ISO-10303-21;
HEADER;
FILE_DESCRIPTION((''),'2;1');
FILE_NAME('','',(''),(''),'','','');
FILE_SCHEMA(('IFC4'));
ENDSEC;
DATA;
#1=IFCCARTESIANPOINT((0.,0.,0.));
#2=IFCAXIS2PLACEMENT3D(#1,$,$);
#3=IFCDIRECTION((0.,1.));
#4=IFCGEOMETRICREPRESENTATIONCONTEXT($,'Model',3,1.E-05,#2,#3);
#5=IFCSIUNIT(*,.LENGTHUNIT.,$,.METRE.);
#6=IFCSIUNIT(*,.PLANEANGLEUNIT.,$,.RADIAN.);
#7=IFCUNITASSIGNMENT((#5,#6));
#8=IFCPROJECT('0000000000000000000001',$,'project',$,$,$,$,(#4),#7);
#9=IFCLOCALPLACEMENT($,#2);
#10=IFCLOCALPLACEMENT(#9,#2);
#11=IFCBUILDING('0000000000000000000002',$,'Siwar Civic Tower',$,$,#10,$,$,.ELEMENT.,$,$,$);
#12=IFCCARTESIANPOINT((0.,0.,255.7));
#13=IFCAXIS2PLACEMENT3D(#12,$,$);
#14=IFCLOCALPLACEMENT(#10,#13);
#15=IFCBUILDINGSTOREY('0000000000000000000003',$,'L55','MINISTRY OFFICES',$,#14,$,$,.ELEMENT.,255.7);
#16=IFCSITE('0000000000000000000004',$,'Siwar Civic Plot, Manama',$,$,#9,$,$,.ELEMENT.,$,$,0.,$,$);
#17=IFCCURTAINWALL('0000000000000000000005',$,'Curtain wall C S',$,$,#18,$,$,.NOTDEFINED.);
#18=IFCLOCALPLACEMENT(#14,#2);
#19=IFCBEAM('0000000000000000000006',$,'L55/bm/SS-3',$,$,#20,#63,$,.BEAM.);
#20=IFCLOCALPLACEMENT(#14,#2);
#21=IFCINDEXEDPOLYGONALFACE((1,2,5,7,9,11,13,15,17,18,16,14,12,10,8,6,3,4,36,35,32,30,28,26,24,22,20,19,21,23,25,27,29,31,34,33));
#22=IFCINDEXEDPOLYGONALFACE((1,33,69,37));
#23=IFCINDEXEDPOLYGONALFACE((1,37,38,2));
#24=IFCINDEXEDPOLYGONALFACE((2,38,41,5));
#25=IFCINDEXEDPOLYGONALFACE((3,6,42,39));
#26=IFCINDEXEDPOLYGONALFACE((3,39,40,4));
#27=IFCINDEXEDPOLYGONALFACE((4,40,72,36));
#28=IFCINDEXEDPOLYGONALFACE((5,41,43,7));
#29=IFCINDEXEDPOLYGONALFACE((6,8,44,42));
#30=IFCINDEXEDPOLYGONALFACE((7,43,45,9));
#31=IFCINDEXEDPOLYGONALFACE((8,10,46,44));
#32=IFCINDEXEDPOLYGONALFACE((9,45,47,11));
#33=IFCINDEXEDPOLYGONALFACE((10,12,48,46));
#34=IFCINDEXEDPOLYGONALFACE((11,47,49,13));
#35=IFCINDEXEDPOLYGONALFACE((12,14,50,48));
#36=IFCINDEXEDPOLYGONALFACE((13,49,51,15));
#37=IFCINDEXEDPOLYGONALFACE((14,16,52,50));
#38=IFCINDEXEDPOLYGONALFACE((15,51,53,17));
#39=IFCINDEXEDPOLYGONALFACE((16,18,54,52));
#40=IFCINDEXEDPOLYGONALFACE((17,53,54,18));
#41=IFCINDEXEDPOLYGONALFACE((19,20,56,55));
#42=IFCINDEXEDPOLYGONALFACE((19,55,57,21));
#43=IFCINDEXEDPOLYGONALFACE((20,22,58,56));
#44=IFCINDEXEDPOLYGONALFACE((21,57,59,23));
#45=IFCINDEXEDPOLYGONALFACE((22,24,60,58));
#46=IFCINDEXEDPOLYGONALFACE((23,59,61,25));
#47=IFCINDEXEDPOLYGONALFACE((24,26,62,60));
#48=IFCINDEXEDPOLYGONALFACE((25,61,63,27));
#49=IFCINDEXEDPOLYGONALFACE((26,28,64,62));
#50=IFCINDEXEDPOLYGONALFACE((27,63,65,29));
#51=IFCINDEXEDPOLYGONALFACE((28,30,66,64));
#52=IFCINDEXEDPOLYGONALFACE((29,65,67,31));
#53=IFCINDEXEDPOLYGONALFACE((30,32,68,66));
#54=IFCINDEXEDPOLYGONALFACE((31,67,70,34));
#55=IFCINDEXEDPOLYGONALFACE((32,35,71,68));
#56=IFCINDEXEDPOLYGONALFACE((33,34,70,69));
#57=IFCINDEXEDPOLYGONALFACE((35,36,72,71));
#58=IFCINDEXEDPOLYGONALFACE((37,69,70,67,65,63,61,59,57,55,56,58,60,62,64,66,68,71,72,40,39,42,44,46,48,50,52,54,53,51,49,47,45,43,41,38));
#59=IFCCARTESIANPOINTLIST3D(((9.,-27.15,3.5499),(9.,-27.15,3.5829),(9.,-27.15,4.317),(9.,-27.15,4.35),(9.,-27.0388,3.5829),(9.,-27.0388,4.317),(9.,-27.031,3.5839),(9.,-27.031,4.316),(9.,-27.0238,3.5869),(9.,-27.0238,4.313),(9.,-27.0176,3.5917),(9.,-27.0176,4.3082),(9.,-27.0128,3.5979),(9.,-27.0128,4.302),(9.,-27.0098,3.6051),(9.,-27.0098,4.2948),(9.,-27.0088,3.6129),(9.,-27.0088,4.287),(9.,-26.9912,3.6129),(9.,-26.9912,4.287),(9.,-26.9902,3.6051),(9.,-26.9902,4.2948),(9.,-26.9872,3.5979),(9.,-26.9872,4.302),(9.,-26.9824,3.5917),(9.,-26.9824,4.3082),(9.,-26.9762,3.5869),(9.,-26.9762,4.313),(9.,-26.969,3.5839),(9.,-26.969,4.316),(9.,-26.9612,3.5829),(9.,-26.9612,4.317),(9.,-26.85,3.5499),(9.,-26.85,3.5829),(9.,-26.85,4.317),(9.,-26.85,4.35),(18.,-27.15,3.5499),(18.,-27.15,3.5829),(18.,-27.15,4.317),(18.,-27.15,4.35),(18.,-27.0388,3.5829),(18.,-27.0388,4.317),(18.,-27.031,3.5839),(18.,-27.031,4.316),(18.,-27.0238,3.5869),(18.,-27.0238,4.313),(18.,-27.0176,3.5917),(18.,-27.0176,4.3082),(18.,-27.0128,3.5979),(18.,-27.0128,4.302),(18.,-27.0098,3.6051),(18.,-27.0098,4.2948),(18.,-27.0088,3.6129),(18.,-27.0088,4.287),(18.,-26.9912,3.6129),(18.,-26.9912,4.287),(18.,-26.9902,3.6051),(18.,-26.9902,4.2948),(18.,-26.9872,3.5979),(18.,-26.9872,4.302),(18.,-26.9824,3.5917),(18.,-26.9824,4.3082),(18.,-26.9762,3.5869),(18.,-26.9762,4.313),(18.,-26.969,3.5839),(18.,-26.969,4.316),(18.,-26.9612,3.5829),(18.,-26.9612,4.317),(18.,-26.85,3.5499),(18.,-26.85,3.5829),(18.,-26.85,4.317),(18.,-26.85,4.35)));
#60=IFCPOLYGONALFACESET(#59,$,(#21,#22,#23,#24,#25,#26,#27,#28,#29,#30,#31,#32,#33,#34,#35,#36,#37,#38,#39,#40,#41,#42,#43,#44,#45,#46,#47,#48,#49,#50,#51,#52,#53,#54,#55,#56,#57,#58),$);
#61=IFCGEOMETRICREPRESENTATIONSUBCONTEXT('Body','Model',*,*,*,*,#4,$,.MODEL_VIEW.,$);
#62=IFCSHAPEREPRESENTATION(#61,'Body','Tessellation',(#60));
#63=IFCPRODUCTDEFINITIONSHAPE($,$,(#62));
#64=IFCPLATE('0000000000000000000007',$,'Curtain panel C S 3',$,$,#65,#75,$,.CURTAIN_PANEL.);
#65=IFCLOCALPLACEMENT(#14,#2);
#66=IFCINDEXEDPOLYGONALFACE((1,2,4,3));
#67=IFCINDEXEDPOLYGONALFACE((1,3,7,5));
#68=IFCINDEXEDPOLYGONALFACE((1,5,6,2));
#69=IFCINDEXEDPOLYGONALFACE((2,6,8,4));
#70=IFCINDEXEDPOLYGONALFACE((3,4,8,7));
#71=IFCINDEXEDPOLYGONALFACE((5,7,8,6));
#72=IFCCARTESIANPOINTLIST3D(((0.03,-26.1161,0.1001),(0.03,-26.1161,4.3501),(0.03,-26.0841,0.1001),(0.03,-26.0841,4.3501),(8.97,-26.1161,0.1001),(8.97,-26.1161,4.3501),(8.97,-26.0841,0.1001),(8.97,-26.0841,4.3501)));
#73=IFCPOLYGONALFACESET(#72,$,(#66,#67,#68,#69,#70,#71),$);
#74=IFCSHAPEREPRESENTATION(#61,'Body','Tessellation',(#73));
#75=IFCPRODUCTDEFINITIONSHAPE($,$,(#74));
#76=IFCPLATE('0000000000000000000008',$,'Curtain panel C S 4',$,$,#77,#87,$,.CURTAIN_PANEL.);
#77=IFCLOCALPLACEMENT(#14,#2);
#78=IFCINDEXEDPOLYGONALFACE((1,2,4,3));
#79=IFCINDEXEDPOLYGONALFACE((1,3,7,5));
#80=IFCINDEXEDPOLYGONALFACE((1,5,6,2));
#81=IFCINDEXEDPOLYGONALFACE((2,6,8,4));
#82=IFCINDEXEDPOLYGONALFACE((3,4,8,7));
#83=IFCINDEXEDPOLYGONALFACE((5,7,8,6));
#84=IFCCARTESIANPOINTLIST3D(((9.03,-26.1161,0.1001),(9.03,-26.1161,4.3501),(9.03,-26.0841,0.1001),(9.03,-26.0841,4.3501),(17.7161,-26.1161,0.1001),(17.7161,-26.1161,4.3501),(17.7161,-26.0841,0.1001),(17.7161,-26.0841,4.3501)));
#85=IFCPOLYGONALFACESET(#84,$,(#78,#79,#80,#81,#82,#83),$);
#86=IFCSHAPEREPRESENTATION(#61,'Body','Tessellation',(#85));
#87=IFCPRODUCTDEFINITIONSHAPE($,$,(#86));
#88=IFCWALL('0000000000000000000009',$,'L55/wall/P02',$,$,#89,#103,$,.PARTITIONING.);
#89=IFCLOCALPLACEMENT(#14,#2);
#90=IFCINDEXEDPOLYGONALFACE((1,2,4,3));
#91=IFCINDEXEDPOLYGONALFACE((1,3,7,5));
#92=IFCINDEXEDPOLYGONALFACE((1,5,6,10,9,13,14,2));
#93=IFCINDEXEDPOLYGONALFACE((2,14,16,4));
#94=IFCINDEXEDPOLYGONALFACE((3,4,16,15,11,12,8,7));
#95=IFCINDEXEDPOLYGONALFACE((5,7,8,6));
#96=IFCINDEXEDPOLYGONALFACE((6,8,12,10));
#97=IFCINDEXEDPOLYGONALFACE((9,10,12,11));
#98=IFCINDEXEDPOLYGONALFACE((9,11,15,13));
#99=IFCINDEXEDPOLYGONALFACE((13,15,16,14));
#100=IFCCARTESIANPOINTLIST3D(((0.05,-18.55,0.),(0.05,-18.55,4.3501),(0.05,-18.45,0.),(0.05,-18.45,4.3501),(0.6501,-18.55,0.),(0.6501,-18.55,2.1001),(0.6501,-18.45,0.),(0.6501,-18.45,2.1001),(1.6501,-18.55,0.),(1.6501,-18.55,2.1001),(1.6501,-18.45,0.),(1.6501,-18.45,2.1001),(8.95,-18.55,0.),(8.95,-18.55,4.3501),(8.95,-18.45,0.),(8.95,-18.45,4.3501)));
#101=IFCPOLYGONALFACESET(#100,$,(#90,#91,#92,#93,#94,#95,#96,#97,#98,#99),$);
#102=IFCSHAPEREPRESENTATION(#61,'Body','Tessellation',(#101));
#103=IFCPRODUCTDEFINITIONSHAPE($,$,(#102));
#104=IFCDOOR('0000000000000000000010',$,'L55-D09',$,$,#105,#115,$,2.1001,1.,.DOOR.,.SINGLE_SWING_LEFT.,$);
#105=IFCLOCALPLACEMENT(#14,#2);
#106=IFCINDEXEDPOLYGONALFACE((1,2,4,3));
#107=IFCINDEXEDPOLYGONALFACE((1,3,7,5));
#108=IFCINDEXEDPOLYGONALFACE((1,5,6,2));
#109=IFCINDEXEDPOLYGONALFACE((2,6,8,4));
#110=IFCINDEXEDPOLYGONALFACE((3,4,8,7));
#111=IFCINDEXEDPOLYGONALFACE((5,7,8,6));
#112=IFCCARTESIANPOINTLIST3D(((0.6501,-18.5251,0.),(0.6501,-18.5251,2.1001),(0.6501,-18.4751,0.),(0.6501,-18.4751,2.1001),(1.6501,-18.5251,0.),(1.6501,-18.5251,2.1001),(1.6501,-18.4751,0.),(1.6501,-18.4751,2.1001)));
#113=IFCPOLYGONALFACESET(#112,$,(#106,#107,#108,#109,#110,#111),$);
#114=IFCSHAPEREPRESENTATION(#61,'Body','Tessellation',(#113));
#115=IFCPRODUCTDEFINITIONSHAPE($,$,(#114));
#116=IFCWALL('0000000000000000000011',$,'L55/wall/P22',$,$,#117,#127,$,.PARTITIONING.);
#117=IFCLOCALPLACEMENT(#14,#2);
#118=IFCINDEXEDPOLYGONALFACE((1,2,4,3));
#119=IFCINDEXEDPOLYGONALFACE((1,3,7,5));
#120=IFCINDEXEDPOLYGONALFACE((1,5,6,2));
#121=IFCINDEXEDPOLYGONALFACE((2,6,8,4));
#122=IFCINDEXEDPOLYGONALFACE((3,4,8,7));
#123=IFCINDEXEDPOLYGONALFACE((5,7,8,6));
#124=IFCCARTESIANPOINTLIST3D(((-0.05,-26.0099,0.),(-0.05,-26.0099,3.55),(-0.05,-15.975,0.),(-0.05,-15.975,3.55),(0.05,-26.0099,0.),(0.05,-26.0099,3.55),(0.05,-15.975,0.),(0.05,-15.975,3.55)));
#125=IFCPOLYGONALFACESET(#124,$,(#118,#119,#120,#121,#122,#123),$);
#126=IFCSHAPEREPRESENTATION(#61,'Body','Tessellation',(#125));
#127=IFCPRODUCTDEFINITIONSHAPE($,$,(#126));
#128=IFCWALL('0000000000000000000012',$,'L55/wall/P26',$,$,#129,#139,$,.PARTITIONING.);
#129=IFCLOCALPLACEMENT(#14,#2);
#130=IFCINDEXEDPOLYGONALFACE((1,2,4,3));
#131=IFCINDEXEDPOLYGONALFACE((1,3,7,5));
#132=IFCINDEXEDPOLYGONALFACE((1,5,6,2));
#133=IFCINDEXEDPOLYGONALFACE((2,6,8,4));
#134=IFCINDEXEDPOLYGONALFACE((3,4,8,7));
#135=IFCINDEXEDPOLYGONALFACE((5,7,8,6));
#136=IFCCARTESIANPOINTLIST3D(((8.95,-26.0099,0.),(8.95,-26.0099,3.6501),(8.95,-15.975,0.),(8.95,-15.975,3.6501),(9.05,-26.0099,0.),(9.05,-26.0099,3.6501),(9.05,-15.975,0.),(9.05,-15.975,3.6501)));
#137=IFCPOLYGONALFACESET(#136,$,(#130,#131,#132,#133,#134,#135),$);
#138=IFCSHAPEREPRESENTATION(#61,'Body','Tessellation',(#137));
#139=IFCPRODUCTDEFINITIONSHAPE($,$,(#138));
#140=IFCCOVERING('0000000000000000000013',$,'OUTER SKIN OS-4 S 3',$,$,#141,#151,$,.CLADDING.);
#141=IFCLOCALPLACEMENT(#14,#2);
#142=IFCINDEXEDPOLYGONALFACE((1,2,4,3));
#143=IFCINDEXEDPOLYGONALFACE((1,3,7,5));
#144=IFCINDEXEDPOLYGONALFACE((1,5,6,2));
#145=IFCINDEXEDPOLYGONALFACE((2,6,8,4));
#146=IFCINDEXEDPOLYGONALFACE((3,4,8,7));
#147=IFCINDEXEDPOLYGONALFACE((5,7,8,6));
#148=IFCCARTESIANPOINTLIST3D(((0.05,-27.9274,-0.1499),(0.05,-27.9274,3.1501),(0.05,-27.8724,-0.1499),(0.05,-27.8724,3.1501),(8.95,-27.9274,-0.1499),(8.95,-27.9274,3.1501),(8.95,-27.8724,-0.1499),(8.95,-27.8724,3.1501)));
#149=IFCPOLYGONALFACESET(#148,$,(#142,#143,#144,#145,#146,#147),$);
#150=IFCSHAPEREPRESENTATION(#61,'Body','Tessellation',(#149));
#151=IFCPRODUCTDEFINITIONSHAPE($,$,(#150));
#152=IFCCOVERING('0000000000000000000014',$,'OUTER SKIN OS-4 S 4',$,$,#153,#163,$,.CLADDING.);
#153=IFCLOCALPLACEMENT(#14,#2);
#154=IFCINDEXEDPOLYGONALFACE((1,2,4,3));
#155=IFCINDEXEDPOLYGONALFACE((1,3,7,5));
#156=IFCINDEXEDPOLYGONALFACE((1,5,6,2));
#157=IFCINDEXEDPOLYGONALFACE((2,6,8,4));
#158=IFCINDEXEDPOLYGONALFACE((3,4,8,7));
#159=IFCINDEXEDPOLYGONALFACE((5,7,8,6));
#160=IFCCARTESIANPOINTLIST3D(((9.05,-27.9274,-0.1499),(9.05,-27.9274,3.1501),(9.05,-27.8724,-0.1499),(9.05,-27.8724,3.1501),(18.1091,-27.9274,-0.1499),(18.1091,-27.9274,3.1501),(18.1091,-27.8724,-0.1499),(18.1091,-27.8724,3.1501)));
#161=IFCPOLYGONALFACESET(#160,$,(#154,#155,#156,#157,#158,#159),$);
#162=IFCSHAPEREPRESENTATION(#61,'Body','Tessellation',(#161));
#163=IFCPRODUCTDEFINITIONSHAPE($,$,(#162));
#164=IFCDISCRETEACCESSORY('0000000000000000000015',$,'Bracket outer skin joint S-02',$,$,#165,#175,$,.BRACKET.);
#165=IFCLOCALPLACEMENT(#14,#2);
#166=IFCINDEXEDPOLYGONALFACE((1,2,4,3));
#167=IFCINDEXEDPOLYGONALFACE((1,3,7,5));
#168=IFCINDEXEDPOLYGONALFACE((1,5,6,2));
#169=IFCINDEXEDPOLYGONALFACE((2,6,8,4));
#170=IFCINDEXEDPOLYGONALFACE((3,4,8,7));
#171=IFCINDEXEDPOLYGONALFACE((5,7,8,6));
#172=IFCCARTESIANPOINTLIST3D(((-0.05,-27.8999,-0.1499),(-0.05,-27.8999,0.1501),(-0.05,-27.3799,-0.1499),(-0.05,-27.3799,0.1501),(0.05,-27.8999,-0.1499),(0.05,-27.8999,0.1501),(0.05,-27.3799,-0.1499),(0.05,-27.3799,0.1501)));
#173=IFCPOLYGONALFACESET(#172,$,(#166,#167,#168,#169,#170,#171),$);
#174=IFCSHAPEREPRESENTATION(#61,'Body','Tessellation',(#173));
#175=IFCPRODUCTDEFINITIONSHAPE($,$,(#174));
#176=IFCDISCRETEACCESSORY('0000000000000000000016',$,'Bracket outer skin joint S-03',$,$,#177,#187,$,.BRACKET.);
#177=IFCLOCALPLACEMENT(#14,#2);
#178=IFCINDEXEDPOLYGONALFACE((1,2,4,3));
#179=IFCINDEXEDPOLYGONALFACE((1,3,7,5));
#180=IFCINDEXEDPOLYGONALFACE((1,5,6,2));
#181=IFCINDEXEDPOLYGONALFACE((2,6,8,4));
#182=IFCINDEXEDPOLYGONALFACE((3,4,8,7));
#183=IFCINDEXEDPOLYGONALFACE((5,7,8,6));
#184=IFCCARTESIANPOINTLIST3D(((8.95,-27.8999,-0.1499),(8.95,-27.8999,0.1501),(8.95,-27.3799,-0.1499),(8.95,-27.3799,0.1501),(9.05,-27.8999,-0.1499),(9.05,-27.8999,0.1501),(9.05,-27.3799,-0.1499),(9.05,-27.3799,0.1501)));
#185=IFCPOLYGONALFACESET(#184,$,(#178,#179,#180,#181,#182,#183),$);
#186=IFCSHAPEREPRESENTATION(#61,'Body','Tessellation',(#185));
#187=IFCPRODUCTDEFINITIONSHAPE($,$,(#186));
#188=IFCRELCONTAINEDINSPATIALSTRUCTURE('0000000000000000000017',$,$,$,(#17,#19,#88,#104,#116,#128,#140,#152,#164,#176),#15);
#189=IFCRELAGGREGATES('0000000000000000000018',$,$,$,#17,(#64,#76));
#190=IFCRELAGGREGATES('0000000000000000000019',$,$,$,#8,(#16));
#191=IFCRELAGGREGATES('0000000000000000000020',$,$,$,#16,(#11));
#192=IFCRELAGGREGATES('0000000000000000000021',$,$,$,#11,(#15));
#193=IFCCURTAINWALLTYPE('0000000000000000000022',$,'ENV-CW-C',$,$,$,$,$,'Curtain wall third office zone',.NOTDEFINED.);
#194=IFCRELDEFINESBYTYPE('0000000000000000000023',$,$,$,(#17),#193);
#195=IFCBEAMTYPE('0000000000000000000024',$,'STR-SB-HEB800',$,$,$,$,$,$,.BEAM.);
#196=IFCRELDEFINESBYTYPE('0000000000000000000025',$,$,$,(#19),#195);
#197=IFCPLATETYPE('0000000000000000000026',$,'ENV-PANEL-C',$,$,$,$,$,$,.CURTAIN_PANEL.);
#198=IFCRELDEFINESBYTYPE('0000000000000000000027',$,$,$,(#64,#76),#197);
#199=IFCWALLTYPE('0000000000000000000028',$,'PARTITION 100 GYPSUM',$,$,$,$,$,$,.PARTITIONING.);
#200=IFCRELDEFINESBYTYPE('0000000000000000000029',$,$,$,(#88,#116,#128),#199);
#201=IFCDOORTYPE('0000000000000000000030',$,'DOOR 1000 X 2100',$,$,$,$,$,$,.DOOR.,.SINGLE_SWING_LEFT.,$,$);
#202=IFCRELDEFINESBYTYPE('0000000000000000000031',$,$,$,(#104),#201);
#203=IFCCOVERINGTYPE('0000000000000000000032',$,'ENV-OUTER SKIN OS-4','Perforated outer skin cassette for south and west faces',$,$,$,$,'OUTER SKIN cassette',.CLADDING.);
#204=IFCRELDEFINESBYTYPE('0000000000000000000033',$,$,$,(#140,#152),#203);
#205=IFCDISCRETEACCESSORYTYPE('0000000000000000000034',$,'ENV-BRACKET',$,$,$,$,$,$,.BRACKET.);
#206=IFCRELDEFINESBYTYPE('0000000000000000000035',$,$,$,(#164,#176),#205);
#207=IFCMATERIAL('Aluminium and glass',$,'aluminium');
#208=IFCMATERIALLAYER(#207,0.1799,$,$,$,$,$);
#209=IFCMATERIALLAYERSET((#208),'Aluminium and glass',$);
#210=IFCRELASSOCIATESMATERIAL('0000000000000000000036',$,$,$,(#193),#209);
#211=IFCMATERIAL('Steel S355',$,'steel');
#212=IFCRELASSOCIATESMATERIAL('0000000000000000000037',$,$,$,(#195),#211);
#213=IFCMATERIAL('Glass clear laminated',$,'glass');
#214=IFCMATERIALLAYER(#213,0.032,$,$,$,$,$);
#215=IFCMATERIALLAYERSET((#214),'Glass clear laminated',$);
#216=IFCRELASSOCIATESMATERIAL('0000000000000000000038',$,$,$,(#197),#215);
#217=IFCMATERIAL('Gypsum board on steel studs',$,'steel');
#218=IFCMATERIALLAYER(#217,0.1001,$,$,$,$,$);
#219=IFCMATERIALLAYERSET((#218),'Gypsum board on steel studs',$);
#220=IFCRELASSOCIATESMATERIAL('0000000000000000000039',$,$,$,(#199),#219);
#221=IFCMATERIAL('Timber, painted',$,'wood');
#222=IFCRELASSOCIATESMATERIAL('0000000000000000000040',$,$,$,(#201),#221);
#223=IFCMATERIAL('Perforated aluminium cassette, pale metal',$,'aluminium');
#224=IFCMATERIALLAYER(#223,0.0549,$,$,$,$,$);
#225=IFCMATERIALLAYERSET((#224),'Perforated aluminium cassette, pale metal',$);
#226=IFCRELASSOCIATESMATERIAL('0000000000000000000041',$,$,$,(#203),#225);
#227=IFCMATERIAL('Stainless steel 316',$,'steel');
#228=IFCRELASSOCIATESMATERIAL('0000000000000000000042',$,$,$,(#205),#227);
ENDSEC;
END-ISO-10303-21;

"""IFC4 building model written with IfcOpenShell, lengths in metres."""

from ifc_helpers import new_model, si_unit, direction, frame, frame_2d, origin, origin_2d, place, context, subcontext, project, spatial, rectangle, i_section, extrude, material, layer, layer_set, material_profile, profile_set, type_object, element, fill, aggregate, save


model = new_model("IFC4")

# Units and contexts
model_context = context("Model", 3, precision=1e-05, world=origin(), true_north=direction((0.0, 1.0)))
body_context = subcontext(model_context, "Body", "Model", "MODEL_VIEW")
ifc_project = project(units=[si_unit("LENGTHUNIT", "METRE"), si_unit("PLANEANGLEUNIT", "RADIAN")], contexts=[model_context])

# Site, building, storey
site_placement = place(None, origin())
site = spatial("IfcSite", under=ifc_project, at=site_placement, Name="Siwar Civic Plot, Manama", CompositionType="ELEMENT", RefElevation=0.0)
building_placement = place(site_placement, origin())
building = spatial("IfcBuilding", under=site, at=building_placement, Name="Siwar Civic Tower", CompositionType="ELEMENT")
storey_placement = place(building_placement, frame((0.0, 0.0, 255.7)))
storey = spatial("IfcBuildingStorey", under=building, at=storey_placement, Name="L55", Description="MINISTRY OFFICES", CompositionType="ELEMENT", Elevation=255.7)

# Curtain wall
ifc_material_1 = material(Name="Aluminium and glass", Category="aluminium")
ifc_layer_1 = layer(ifc_material_1, 0.1799)
ifc_layer_set_1 = layer_set([ifc_layer_1], Name="Aluminium and glass")
curtain_wall_type_1 = type_object("IfcCurtainWallType", Name="ENV-CW-C", ElementType="Curtain wall third office zone", PredefinedType="NOTDEFINED", material=ifc_layer_set_1)
curtain_wall_1_placement = place(storey_placement, origin())
curtain_wall_1 = element("IfcCurtainWall", 1, at=curtain_wall_1_placement, inside=storey, type_object=curtain_wall_type_1, Name="Curtain wall C S", PredefinedType="NOTDEFINED")

# Beam
ifc_material_2 = material(Name="Steel S355", Category="steel")
ifc_material_profile_1 = material_profile(ifc_material_2, i_section(OverallWidth=0.3, OverallDepth=0.8, WebThickness=0.0176, FlangeThickness=0.033, FilletRadius=0.03, at=origin_2d()), Name="HEB800")
ifc_profile_set_1 = profile_set([ifc_material_profile_1], Name="Steel S355")
beam_type_1 = type_object("IfcBeamType", Name="STR-SB-HEB800", PredefinedType="BEAM", material=ifc_profile_set_1)
beam_1_placement = place(storey_placement, frame((9.0, -27.0, 3.95), z_axis=(1.0, 0.0, 0.0), x_axis=(0.0, 1.0, 0.0)))
element("IfcBeam", 2, at=beam_1_placement, inside=storey, type_object=beam_type_1, Name="L55/bm/SS-3", PredefinedType="BEAM", context=body_context, shape_type="SweptSolid", body=[
    extrude(i_section(OverallWidth=0.3, OverallDepth=0.8, WebThickness=0.0176, FlangeThickness=0.033, FilletRadius=0.03, at=origin_2d()), origin(), (0.0, 0.0, 1.0), 9.0),
])

# Plates
ifc_material_3 = material(Name="Glass clear laminated", Category="glass")
ifc_layer_2 = layer(ifc_material_3, 0.032)
ifc_layer_set_2 = layer_set([ifc_layer_2], Name="Glass clear laminated")
plate_type = type_object("IfcPlateType", Name="ENV-PANEL-C", PredefinedType="CURTAIN_PANEL", material=ifc_layer_set_2)
plate_1_placement = place(storey_placement, frame((4.5, -26.1001, 0.1001), z_axis=(0.0, 0.0, 1.0), x_axis=(1.0, 0.0, 0.0)))
plate_1 = element("IfcPlate", 3, at=plate_1_placement, type_object=plate_type, Name="Curtain panel C S 3", PredefinedType="CURTAIN_PANEL", context=body_context, shape_type="SweptSolid", body=[
    extrude(rectangle(XDim=8.9399, YDim=0.032, at=origin_2d()), origin(), (0.0, 0.0, 1.0), 4.25),
])
plate_2_placement = place(storey_placement, frame((13.373, -26.1001, 0.1001), z_axis=(0.0, 0.0, 1.0), x_axis=(1.0, 0.0, 0.0)))
plate_2 = element("IfcPlate", 4, at=plate_2_placement, type_object=plate_type, Name="Curtain panel C S 4", PredefinedType="CURTAIN_PANEL", context=body_context, shape_type="SweptSolid", body=[
    extrude(rectangle(XDim=8.686, YDim=0.032, at=origin_2d()), origin(), (0.0, 0.0, 1.0), 4.25),
])
aggregate(curtain_wall_1, [plate_1, plate_2])

# Wall, opening, door
ifc_material_4 = material(Name="Gypsum board on steel studs", Category="steel")
ifc_layer_3 = layer(ifc_material_4, 0.1001)
ifc_layer_set_3 = layer_set([ifc_layer_3], Name="Gypsum board on steel studs")
wall_type = type_object("IfcWallType", Name="PARTITION 100 GYPSUM", PredefinedType="PARTITIONING", material=ifc_layer_set_3)
wall_1_placement = place(storey_placement, frame((0.05, -18.5, 0.0), z_axis=(0.0, 0.0, 1.0), x_axis=(1.0, 0.0, 0.0)))
wall_1 = element("IfcWall", 5, at=wall_1_placement, inside=storey, type_object=wall_type, Name="L55/wall/P02", PredefinedType="PARTITIONING", context=body_context, shape_type="SweptSolid", body=[
    extrude(rectangle(XDim=8.8999, YDim=0.1001, at=frame_2d((4.45, 0.0))), origin(), (0.0, 0.0, 1.0), 4.3501),
])
opening_placement = place(wall_1_placement, frame((0.6001, 0.0, 0.0)))
opening = element("IfcOpeningElement", 6, at=opening_placement, cuts=wall_1, PredefinedType="OPENING", context=body_context, shape_type="SweptSolid", body=[
    extrude(rectangle(XDim=1.0, YDim=2.1001, at=frame_2d((0.5, 1.05))), frame((0.0, 0.0601, 0.0), z_axis=(0.0, -1.0, 0.0), x_axis=(1.0, 0.0, 0.0)), (0.0, 0.0, 1.0), 0.1201),
])
ifc_material_5 = material(Name="Timber, painted", Category="wood")
door_type = type_object("IfcDoorType", Name="DOOR 1000 X 2100", OperationType="SINGLE_SWING_LEFT", PredefinedType="DOOR", material=ifc_material_5)
door_placement = place(opening_placement, origin())
door = element("IfcDoor", 7, at=door_placement, inside=storey, type_object=door_type, Name="L55-D09", OperationType="SINGLE_SWING_LEFT", OverallHeight=2.1001, OverallWidth=1.0, PredefinedType="DOOR", context=body_context, shape_type="SweptSolid", body=[
    extrude(rectangle(XDim=1.0, YDim=2.1001, at=frame_2d((0.5, 1.05))), frame((0.0, 0.0249, 0.0), z_axis=(0.0, -1.0, 0.0), x_axis=(1.0, 0.0, 0.0)), (0.0, 0.0, 1.0), 0.05),
])
fill(opening, door)

# Walls
wall_2_placement = place(storey_placement, frame((0.0, -26.01, 0.0), z_axis=(0.0, 0.0, 1.0), x_axis=(0.0, 1.0, 0.0)))
element("IfcWall", 8, at=wall_2_placement, inside=storey, type_object=wall_type, Name="L55/wall/P22", PredefinedType="PARTITIONING", context=body_context, shape_type="SweptSolid", body=[
    extrude(rectangle(XDim=10.0349, YDim=0.1001, at=frame_2d((5.0176, 0.0))), origin(), (0.0, 0.0, 1.0), 3.55),
])
wall_3_placement = place(storey_placement, frame((9.0, -26.01, 0.0), z_axis=(0.0, 0.0, 1.0), x_axis=(0.0, 1.0, 0.0)))
element("IfcWall", 9, at=wall_3_placement, inside=storey, type_object=wall_type, Name="L55/wall/P26", PredefinedType="PARTITIONING", context=body_context, shape_type="SweptSolid", body=[
    extrude(rectangle(XDim=10.0349, YDim=0.1001, at=frame_2d((5.0176, 0.0))), origin(), (0.0, 0.0, 1.0), 3.6501),
])

# Coverings
ifc_material_6 = material(Name="Perforated aluminium cassette, pale metal", Category="aluminium")
ifc_layer_4 = layer(ifc_material_6, 0.0549)
ifc_layer_set_4 = layer_set([ifc_layer_4], Name="Perforated aluminium cassette, pale metal")
covering_type = type_object("IfcCoveringType", Name="ENV-OUTER SKIN OS-4", Description="Perforated outer skin cassette for south and west faces", ElementType="OUTER SKIN cassette", PredefinedType="CLADDING", material=ifc_layer_set_4)
covering_1_placement = place(storey_placement, frame((4.5, -27.8999, -0.1499), z_axis=(0.0, 0.0, 1.0), x_axis=(1.0, 0.0, 0.0)))
element("IfcCovering", 10, at=covering_1_placement, inside=storey, type_object=covering_type, Name="OUTER SKIN OS-4 S 3", PredefinedType="CLADDING", context=body_context, shape_type="SweptSolid", body=[
    extrude(rectangle(XDim=8.8999, YDim=0.0549, at=origin_2d()), origin(), (0.0, 0.0, 1.0), 3.3),
])
covering_2_placement = place(storey_placement, frame((13.5796, -27.8999, -0.1499), z_axis=(0.0, 0.0, 1.0), x_axis=(1.0, 0.0, 0.0)))
element("IfcCovering", 11, at=covering_2_placement, inside=storey, type_object=covering_type, Name="OUTER SKIN OS-4 S 4", PredefinedType="CLADDING", context=body_context, shape_type="SweptSolid", body=[
    extrude(rectangle(XDim=9.0591, YDim=0.0549, at=origin_2d()), origin(), (0.0, 0.0, 1.0), 3.3),
])

# Discrete accessories
ifc_material_7 = material(Name="Stainless steel 316", Category="steel")
discrete_accessory_type = type_object("IfcDiscreteAccessoryType", Name="ENV-BRACKET", PredefinedType="BRACKET", material=ifc_material_7)
for number, where, z_axis, x_axis, name in (
    (12, (0.0, -27.6399, -0.1499), (0.0, 0.0, 1.0), (0.0, -1.0, 0.0), "Bracket outer skin joint S-02"),
    (13, (9.0, -27.6399, -0.1499), (0.0, 0.0, 1.0), (0.0, -1.0, 0.0), "Bracket outer skin joint S-03"),
):
    element("IfcDiscreteAccessory", number, at=place(storey_placement, frame(where, z_axis=z_axis, x_axis=x_axis)), inside=storey, type_object=discrete_accessory_type, Name=name, PredefinedType="BRACKET", context=body_context, shape_type="SweptSolid", body=[
        extrude(rectangle(XDim=0.52, YDim=0.1001, at=origin_2d()), origin(), (0.0, 0.0, 1.0), 0.3),
    ])

save(model, "model.ifc")
